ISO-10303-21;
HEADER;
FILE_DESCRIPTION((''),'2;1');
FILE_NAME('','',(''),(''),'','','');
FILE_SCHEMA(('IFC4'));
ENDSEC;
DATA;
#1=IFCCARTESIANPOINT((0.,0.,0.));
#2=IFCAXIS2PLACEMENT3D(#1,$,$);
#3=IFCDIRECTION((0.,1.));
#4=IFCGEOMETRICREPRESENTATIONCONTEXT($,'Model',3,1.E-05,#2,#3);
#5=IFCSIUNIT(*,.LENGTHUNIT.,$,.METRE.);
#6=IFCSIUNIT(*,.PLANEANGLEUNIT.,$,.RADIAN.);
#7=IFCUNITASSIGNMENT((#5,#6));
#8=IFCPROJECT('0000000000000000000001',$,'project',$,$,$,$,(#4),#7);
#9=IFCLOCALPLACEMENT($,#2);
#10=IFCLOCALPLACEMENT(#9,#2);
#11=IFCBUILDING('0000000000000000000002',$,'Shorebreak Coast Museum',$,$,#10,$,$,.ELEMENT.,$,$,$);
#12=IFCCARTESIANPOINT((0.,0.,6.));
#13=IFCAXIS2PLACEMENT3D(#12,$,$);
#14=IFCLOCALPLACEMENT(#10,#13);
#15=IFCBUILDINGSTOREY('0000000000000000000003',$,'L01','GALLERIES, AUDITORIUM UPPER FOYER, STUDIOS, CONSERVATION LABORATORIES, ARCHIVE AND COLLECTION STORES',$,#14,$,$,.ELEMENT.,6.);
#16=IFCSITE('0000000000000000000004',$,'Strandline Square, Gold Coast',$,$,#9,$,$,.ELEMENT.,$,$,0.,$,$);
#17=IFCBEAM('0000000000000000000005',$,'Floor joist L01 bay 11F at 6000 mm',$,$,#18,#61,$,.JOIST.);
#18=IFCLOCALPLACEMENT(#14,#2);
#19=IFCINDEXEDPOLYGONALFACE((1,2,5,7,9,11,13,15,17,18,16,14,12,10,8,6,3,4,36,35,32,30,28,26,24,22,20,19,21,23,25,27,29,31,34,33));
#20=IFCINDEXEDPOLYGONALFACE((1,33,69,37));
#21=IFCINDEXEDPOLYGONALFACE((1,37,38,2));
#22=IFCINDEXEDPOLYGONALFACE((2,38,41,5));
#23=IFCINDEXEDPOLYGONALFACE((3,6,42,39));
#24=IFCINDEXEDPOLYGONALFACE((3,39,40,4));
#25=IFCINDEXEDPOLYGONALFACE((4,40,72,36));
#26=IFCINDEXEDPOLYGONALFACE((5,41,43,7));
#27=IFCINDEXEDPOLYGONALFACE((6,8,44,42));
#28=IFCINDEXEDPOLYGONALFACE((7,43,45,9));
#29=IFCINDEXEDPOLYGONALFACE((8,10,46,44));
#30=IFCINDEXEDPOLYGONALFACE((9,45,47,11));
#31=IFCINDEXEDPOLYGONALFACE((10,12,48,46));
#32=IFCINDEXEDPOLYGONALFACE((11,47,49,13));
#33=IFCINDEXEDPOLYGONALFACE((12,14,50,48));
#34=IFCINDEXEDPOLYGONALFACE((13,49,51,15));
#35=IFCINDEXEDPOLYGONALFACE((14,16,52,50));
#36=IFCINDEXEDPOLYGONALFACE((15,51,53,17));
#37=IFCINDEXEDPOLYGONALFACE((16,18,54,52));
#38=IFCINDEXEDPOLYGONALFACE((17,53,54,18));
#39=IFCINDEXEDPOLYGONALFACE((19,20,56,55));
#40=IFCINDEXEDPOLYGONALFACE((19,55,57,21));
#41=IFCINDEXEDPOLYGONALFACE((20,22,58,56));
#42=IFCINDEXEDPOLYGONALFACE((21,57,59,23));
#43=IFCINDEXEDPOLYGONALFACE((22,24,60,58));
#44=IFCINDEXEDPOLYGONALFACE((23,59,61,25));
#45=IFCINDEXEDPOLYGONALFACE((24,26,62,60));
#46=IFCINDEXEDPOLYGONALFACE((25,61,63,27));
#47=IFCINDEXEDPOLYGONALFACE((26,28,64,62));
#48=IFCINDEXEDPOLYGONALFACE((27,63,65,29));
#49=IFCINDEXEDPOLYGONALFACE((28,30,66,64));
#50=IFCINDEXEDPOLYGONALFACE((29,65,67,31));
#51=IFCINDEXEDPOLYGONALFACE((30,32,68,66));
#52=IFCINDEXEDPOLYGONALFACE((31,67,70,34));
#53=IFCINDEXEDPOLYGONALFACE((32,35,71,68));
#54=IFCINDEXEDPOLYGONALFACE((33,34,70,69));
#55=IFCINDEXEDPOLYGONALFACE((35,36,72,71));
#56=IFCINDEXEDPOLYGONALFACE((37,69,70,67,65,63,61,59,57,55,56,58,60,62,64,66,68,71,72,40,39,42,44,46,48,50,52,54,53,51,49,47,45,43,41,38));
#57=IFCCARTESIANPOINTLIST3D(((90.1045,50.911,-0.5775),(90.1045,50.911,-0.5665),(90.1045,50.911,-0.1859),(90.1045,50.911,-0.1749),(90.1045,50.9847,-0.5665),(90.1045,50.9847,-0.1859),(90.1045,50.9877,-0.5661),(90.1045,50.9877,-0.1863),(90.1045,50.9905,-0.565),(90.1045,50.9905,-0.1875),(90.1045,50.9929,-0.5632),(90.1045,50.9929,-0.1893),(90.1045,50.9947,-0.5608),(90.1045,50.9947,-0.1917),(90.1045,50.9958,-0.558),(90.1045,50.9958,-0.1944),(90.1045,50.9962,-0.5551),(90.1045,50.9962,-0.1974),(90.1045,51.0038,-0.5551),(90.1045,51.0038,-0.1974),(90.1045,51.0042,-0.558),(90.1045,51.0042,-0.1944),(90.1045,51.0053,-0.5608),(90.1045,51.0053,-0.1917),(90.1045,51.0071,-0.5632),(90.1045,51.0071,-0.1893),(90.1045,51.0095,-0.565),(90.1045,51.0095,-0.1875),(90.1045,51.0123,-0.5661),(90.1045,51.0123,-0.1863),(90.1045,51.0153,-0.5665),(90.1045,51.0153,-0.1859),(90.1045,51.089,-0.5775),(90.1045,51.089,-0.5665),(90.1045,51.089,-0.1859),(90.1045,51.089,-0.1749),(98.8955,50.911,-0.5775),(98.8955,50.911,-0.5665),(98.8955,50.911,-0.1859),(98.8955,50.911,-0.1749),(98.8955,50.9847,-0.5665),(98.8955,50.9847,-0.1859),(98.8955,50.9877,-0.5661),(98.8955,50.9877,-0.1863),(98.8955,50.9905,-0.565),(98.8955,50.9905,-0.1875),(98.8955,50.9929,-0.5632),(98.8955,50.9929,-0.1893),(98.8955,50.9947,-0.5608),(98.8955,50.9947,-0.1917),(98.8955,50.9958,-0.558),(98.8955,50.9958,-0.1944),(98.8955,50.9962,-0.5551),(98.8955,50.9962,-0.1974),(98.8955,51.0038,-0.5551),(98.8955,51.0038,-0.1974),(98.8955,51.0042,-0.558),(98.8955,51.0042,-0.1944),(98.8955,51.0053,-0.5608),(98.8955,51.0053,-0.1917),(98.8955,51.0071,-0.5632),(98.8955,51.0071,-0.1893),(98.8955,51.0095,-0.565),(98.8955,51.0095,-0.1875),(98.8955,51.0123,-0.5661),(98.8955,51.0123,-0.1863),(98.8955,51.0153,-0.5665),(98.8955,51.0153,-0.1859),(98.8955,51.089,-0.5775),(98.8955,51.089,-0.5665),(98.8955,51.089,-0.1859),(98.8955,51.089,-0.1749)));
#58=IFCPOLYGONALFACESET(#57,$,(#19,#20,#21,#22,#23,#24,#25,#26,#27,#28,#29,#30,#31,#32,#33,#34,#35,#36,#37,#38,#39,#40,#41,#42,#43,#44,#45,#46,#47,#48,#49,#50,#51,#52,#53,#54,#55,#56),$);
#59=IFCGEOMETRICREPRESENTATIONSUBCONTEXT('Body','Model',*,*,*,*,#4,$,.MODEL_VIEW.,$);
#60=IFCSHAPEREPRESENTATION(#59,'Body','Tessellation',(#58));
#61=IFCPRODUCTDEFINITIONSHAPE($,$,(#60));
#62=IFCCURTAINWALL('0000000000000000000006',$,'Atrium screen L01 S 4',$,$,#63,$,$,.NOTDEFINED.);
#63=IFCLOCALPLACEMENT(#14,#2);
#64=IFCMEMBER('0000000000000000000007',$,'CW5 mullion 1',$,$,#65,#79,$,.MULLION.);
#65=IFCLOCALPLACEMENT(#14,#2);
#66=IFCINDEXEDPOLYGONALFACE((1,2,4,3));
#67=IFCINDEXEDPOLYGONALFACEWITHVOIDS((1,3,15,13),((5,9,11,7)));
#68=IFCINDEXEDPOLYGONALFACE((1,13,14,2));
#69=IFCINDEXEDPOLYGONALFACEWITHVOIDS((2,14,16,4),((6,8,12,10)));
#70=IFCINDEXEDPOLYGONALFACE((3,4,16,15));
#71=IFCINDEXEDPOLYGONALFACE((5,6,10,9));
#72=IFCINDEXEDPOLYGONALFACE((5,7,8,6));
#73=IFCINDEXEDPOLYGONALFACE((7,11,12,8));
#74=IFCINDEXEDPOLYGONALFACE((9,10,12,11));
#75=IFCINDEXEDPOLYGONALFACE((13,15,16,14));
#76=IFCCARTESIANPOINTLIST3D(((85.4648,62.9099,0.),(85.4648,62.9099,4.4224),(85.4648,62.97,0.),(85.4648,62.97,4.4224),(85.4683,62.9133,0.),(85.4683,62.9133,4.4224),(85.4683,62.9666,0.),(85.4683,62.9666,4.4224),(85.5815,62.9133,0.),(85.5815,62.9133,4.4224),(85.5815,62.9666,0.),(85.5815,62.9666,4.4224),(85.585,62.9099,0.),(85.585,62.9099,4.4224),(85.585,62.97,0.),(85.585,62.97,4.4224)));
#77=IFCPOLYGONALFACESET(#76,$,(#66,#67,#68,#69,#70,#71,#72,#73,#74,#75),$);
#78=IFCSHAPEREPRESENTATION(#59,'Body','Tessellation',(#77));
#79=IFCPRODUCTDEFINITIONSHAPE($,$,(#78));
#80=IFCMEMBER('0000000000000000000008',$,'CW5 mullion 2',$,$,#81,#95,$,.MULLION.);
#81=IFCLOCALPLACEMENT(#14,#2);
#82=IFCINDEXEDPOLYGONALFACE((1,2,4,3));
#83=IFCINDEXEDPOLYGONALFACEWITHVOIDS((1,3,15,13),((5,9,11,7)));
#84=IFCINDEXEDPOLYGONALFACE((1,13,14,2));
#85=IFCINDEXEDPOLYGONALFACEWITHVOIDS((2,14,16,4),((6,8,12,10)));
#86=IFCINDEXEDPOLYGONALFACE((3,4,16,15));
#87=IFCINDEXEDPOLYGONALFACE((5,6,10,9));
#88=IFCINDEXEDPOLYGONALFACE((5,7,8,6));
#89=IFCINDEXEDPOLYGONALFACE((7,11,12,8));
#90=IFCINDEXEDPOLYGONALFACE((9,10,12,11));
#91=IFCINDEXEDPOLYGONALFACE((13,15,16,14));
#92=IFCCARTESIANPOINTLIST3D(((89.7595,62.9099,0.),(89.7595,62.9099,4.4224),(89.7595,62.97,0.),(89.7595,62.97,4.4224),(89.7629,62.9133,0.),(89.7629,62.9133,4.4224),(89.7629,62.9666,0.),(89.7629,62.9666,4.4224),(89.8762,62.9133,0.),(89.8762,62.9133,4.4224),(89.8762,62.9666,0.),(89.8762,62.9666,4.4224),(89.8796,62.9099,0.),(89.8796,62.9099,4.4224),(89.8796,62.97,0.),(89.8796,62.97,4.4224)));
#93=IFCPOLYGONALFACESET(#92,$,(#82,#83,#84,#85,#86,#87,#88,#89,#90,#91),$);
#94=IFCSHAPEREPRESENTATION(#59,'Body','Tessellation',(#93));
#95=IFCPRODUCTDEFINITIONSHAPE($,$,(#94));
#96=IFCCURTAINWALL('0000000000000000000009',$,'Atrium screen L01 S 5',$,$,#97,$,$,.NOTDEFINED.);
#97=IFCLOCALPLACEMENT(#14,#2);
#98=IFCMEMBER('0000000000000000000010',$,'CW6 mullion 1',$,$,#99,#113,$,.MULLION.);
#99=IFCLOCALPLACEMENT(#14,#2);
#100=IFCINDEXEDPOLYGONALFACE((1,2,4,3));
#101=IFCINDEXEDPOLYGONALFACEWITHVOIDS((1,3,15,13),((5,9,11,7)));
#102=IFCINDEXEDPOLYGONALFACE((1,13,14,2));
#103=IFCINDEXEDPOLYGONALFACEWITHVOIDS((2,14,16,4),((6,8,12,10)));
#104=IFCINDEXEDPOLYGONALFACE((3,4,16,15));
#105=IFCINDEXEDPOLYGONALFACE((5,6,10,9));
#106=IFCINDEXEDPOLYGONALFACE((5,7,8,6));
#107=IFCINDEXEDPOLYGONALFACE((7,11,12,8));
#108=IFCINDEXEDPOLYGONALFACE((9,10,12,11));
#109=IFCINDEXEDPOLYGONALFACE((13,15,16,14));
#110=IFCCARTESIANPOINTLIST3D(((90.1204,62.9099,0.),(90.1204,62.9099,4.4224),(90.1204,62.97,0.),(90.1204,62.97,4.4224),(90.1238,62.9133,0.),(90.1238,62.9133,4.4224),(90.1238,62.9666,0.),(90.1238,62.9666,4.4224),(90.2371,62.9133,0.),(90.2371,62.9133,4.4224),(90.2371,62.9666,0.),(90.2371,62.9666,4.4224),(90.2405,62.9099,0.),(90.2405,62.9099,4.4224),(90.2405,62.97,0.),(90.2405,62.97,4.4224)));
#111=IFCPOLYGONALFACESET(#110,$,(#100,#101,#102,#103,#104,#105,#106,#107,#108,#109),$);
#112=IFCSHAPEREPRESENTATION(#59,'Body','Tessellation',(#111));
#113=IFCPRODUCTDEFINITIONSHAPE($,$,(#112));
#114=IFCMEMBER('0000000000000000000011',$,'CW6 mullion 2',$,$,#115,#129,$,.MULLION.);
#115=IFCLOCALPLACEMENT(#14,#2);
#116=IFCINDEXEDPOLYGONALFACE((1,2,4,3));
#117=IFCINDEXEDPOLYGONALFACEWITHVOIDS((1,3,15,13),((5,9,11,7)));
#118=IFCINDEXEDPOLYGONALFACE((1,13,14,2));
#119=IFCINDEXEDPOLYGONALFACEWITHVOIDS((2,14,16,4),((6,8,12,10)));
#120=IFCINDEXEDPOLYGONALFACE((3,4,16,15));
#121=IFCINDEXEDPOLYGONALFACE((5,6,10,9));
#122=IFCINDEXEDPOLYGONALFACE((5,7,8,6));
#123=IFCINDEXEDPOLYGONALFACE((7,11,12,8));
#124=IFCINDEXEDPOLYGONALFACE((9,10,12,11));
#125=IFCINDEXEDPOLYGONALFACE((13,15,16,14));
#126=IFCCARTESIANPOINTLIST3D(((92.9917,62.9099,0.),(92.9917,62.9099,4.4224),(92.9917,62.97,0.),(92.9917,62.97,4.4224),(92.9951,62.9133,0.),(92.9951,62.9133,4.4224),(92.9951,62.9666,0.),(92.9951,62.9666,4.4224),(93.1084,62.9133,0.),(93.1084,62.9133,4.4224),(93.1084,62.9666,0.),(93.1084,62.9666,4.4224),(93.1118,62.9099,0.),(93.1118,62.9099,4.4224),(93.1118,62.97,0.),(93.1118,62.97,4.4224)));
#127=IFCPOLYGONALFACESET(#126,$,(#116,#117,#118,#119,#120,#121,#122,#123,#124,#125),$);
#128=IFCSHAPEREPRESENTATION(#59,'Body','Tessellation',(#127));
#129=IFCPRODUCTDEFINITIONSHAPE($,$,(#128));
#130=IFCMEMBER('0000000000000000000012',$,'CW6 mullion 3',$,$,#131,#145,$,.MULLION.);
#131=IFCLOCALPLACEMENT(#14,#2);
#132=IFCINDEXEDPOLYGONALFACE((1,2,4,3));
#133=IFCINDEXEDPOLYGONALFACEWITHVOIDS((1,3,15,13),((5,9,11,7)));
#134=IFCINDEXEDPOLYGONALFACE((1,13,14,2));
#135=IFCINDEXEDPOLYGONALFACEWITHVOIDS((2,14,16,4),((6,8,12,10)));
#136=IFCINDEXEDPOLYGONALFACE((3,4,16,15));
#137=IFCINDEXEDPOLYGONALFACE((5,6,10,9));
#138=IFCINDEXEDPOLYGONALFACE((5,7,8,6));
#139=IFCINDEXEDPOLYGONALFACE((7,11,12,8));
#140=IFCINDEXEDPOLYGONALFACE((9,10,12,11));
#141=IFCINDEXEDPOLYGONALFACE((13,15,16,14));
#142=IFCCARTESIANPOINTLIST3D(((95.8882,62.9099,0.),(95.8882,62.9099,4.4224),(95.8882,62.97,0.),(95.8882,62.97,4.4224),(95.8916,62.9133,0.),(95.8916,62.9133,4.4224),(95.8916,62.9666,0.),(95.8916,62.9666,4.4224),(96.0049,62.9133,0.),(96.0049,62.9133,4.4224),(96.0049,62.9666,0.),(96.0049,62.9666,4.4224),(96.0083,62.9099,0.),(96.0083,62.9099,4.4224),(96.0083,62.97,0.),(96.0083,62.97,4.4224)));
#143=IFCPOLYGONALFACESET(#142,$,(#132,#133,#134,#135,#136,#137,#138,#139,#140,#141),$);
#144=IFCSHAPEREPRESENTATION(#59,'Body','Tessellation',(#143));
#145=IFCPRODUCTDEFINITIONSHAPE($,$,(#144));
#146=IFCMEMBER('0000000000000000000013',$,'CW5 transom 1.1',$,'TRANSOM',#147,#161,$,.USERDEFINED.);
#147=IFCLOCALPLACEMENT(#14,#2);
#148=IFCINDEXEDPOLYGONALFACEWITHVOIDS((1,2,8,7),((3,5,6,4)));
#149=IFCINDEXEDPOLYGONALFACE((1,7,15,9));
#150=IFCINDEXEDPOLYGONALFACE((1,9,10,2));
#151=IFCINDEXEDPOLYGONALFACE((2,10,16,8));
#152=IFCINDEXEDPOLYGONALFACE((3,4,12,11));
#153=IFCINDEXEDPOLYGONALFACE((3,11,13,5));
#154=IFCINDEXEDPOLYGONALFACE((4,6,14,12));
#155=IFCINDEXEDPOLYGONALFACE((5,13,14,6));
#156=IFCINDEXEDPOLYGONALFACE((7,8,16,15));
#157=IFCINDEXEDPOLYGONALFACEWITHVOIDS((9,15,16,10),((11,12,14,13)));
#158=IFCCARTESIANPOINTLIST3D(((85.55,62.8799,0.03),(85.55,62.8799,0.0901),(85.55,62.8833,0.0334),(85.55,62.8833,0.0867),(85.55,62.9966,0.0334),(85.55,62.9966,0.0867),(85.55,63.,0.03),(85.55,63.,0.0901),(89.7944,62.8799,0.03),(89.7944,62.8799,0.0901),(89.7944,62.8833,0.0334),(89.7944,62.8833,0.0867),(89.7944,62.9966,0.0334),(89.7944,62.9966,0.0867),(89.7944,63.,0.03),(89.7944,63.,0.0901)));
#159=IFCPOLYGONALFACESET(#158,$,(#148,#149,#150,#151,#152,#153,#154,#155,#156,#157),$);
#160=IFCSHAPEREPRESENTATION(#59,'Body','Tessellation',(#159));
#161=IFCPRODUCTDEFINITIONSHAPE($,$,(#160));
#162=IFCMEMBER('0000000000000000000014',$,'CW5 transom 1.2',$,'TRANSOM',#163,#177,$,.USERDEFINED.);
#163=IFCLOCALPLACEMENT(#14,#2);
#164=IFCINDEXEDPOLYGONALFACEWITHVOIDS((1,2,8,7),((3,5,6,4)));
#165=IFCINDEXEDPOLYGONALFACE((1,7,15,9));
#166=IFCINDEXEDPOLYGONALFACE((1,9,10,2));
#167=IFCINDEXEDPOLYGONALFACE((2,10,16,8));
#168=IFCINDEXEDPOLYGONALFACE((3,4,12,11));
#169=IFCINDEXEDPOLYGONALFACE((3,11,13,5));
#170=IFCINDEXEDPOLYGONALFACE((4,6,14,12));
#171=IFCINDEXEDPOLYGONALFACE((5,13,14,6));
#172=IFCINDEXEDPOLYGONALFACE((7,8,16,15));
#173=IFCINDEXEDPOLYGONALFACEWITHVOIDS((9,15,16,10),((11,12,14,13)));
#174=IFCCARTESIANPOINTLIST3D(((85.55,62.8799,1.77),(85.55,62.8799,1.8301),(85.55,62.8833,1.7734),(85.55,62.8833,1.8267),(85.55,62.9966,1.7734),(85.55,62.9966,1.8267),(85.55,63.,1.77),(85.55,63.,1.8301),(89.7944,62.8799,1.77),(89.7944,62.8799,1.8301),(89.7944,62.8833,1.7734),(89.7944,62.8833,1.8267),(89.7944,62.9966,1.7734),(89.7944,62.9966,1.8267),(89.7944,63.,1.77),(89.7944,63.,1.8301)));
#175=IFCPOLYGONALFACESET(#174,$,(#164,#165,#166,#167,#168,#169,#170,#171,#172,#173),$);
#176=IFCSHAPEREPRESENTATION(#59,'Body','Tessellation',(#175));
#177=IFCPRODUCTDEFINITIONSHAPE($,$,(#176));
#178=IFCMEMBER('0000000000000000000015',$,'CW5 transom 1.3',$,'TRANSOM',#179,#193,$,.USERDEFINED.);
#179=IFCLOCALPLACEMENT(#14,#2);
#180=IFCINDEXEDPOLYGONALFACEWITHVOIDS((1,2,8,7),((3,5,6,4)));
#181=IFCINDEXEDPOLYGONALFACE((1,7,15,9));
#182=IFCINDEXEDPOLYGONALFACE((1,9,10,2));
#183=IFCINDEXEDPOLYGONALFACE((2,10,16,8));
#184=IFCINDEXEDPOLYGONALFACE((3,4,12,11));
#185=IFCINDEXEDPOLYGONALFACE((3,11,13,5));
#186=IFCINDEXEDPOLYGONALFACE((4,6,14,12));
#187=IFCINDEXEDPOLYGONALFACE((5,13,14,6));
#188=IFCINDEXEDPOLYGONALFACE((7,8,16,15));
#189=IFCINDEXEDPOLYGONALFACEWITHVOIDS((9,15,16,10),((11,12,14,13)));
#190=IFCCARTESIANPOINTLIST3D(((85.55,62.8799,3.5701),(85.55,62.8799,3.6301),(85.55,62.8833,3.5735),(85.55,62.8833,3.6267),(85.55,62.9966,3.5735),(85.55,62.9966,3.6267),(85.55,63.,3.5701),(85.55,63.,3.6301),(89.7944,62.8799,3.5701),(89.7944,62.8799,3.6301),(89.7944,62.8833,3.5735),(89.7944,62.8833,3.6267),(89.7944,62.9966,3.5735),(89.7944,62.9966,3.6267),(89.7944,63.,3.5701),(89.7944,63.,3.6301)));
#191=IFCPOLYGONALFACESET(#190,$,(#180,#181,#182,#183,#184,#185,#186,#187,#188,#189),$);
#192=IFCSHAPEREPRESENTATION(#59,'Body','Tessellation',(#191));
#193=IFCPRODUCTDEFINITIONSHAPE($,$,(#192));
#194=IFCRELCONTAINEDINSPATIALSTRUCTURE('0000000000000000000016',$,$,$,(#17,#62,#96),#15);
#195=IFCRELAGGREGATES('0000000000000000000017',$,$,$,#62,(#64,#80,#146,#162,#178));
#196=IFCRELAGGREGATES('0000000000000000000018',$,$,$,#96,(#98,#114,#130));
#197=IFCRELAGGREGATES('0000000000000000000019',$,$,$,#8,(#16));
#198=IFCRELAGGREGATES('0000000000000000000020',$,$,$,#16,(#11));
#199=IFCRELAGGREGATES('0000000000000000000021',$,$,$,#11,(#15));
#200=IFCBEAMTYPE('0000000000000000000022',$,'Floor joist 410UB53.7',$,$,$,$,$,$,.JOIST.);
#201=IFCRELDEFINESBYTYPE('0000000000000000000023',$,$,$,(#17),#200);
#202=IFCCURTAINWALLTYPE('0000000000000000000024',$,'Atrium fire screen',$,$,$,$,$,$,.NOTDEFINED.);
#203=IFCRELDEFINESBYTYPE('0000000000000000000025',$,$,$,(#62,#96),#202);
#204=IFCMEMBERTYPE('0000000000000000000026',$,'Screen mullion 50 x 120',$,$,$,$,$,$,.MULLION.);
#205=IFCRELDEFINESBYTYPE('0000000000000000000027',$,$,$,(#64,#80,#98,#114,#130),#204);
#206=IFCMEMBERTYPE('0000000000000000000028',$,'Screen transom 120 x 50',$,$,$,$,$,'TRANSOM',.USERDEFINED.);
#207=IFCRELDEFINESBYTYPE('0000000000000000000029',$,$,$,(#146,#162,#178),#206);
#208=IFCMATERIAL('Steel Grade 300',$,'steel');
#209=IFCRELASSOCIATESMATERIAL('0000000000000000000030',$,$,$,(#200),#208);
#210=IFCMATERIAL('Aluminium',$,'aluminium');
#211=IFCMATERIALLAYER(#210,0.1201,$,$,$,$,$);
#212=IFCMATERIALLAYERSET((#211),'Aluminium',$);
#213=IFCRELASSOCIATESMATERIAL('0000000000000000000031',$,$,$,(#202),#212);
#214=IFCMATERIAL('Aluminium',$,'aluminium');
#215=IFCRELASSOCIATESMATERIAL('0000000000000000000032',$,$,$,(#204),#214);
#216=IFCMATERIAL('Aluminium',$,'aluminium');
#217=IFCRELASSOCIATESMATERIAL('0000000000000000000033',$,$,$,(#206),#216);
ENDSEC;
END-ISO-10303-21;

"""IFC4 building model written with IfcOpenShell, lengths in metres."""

from ifc_helpers import new_model, si_unit, direction, frame, origin, origin_2d, place, context, subcontext, project, spatial, hollow_rectangle, i_section, extrude, material, layer, layer_set, material_profile, profile_set, type_object, element, aggregate, save


model = new_model("IFC4")

# Units and contexts
model_context = context("Model", 3, precision=1e-05, world=origin(), true_north=direction((0.0, 1.0)))
body_context = subcontext(model_context, "Body", "Model", "MODEL_VIEW")
ifc_project = project(units=[si_unit("LENGTHUNIT", "METRE"), si_unit("PLANEANGLEUNIT", "RADIAN")], contexts=[model_context])

# Site, building, storey
site_placement = place(None, origin())
site = spatial("IfcSite", under=ifc_project, at=site_placement, Name="Strandline Square, Gold Coast", CompositionType="ELEMENT", RefElevation=0.0)
building_placement = place(site_placement, origin())
building = spatial("IfcBuilding", under=site, at=building_placement, Name="Shorebreak Coast Museum", CompositionType="ELEMENT")
storey_placement = place(building_placement, frame((0.0, 0.0, 6.0)))
storey = spatial("IfcBuildingStorey", under=building, at=storey_placement, Name="L01", Description="GALLERIES, AUDITORIUM UPPER FOYER, STUDIOS, CONSERVATION LABORATORIES, ARCHIVE AND COLLECTION STORES", CompositionType="ELEMENT", Elevation=6.0)

# Beam
ifc_material_1 = material(Name="Steel Grade 300", Category="steel")
ifc_material_profile_1 = material_profile(ifc_material_1, i_section(OverallWidth=0.178, OverallDepth=0.4026, WebThickness=0.0076, FlangeThickness=0.011, FilletRadius=0.0115, at=origin_2d()), Name="410UB53.7")
ifc_profile_set_1 = profile_set([ifc_material_profile_1], Name="Steel Grade 300")
beam_type_1 = type_object("IfcBeamType", Name="Floor joist 410UB53.7", PredefinedType="JOIST", material=ifc_profile_set_1)
for number, where, z_axis, x_axis, name in (
    (1, (90.1045, 51.0, -0.3762), (1.0, 0.0, 0.0), (0.0, 1.0, 0.0), "Floor joist L01 bay 11F at 6000 mm"),
):
    element("IfcBeam", number, at=place(storey_placement, frame(where, z_axis=z_axis, x_axis=x_axis)), inside=storey, type_object=beam_type_1, Name=name, PredefinedType="JOIST", context=body_context, shape_type="SweptSolid", body=[
        extrude(i_section(OverallWidth=0.178, OverallDepth=0.4026, WebThickness=0.0076, FlangeThickness=0.011, FilletRadius=0.0115, at=origin_2d()), origin(), (0.0, 0.0, 1.0), 8.791),
    ])

# Curtain walls, members
ifc_material_2 = material(Name="Aluminium", Category="aluminium")
ifc_layer_1 = layer(ifc_material_2, 0.1201)
ifc_layer_set_1 = layer_set([ifc_layer_1], Name="Aluminium")
curtain_wall_type = type_object("IfcCurtainWallType", Name="Atrium fire screen", PredefinedType="NOTDEFINED", material=ifc_layer_set_1)
curtain_wall_1_placement = place(storey_placement, origin())
curtain_wall_1 = element("IfcCurtainWall", 2, at=curtain_wall_1_placement, inside=storey, type_object=curtain_wall_type, Name="Atrium screen L01 S 4", PredefinedType="NOTDEFINED")
ifc_material_3 = material(Name="Aluminium", Category="aluminium")
ifc_material_profile_2 = material_profile(ifc_material_3, hollow_rectangle(XDim=0.0601, YDim=0.1201, WallThickness=0.0034, at=origin_2d()), Name="AL 120x60 RHS")
ifc_profile_set_2 = profile_set([ifc_material_profile_2], Name="Aluminium")
member_type_1 = type_object("IfcMemberType", Name="Screen mullion 50 x 120", PredefinedType="MULLION", material=ifc_profile_set_2)
member_1_placement = place(storey_placement, frame((85.5249, 62.9399, 0.0), z_axis=(0.0, 0.0, 1.0), x_axis=(0.0, 1.0, 0.0)))
member_1 = element("IfcMember", 3, at=member_1_placement, type_object=member_type_1, Name="CW5 mullion 1", PredefinedType="MULLION", context=body_context, shape_type="SweptSolid", body=[
    extrude(hollow_rectangle(XDim=0.0601, YDim=0.1201, WallThickness=0.0034, at=origin_2d()), origin(), (0.0, 0.0, 1.0), 4.4224),
])
member_2_placement = place(storey_placement, frame((89.8196, 62.9399, 0.0), z_axis=(0.0, 0.0, 1.0), x_axis=(0.0, 1.0, 0.0)))
member_2 = element("IfcMember", 4, at=member_2_placement, type_object=member_type_1, Name="CW5 mullion 2", PredefinedType="MULLION", context=body_context, shape_type="SweptSolid", body=[
    extrude(hollow_rectangle(XDim=0.0601, YDim=0.1201, WallThickness=0.0034, at=origin_2d()), origin(), (0.0, 0.0, 1.0), 4.4224),
])
curtain_wall_2_placement = place(storey_placement, origin())
curtain_wall_2 = element("IfcCurtainWall", 5, at=curtain_wall_2_placement, inside=storey, type_object=curtain_wall_type, Name="Atrium screen L01 S 5", PredefinedType="NOTDEFINED")
member_3_placement = place(storey_placement, frame((90.1804, 62.9399, 0.0), z_axis=(0.0, 0.0, 1.0), x_axis=(0.0, 1.0, 0.0)))
member_3 = element("IfcMember", 6, at=member_3_placement, type_object=member_type_1, Name="CW6 mullion 1", PredefinedType="MULLION", context=body_context, shape_type="SweptSolid", body=[
    extrude(hollow_rectangle(XDim=0.0601, YDim=0.1201, WallThickness=0.0034, at=origin_2d()), origin(), (0.0, 0.0, 1.0), 4.4224),
])
member_4_placement = place(storey_placement, frame((93.0518, 62.9399, 0.0), z_axis=(0.0, 0.0, 1.0), x_axis=(0.0, 1.0, 0.0)))
member_4 = element("IfcMember", 7, at=member_4_placement, type_object=member_type_1, Name="CW6 mullion 2", PredefinedType="MULLION", context=body_context, shape_type="SweptSolid", body=[
    extrude(hollow_rectangle(XDim=0.0601, YDim=0.1201, WallThickness=0.0034, at=origin_2d()), origin(), (0.0, 0.0, 1.0), 4.4224),
])
member_5_placement = place(storey_placement, frame((95.9482, 62.9399, 0.0), z_axis=(0.0, 0.0, 1.0), x_axis=(0.0, 1.0, 0.0)))
member_5 = element("IfcMember", 8, at=member_5_placement, type_object=member_type_1, Name="CW6 mullion 3", PredefinedType="MULLION", context=body_context, shape_type="SweptSolid", body=[
    extrude(hollow_rectangle(XDim=0.0601, YDim=0.1201, WallThickness=0.0034, at=origin_2d()), origin(), (0.0, 0.0, 1.0), 4.4224),
])

# Members
ifc_material_4 = material(Name="Aluminium", Category="aluminium")
ifc_material_profile_3 = material_profile(ifc_material_4, hollow_rectangle(XDim=0.1201, YDim=0.0601, WallThickness=0.0034, at=origin_2d()), Name="AL 60x120 RHS")
ifc_profile_set_3 = profile_set([ifc_material_profile_3], Name="Aluminium")
member_type_2 = type_object("IfcMemberType", Name="Screen transom 120 x 50", ElementType="TRANSOM", PredefinedType="USERDEFINED", material=ifc_profile_set_3)
member_6_placement = place(storey_placement, frame((85.55, 62.9399, 0.0601), z_axis=(1.0, 0.0, 0.0), x_axis=(0.0, 1.0, 0.0)))
member_6 = element("IfcMember", 9, at=member_6_placement, type_object=member_type_2, Name="CW5 transom 1.1", ObjectType="TRANSOM", PredefinedType="USERDEFINED", context=body_context, shape_type="SweptSolid", body=[
    extrude(hollow_rectangle(XDim=0.1201, YDim=0.0601, WallThickness=0.0034, at=origin_2d()), origin(), (0.0, 0.0, 1.0), 4.2444),
])
member_7_placement = place(storey_placement, frame((85.55, 62.9399, 1.8), z_axis=(1.0, 0.0, 0.0), x_axis=(0.0, 1.0, 0.0)))
member_7 = element("IfcMember", 10, at=member_7_placement, type_object=member_type_2, Name="CW5 transom 1.2", ObjectType="TRANSOM", PredefinedType="USERDEFINED", context=body_context, shape_type="SweptSolid", body=[
    extrude(hollow_rectangle(XDim=0.1201, YDim=0.0601, WallThickness=0.0034, at=origin_2d()), origin(), (0.0, 0.0, 1.0), 4.2444),
])
member_8_placement = place(storey_placement, frame((85.55, 62.9399, 3.6001), z_axis=(1.0, 0.0, 0.0), x_axis=(0.0, 1.0, 0.0)))
member_8 = element("IfcMember", 11, at=member_8_placement, type_object=member_type_2, Name="CW5 transom 1.3", ObjectType="TRANSOM", PredefinedType="USERDEFINED", context=body_context, shape_type="SweptSolid", body=[
    extrude(hollow_rectangle(XDim=0.1201, YDim=0.0601, WallThickness=0.0034, at=origin_2d()), origin(), (0.0, 0.0, 1.0), 4.2444),
])

aggregate(curtain_wall_1, [member_1, member_2, member_6, member_7, member_8])
aggregate(curtain_wall_2, [member_3, member_4, member_5])

save(model, "model.ifc")
